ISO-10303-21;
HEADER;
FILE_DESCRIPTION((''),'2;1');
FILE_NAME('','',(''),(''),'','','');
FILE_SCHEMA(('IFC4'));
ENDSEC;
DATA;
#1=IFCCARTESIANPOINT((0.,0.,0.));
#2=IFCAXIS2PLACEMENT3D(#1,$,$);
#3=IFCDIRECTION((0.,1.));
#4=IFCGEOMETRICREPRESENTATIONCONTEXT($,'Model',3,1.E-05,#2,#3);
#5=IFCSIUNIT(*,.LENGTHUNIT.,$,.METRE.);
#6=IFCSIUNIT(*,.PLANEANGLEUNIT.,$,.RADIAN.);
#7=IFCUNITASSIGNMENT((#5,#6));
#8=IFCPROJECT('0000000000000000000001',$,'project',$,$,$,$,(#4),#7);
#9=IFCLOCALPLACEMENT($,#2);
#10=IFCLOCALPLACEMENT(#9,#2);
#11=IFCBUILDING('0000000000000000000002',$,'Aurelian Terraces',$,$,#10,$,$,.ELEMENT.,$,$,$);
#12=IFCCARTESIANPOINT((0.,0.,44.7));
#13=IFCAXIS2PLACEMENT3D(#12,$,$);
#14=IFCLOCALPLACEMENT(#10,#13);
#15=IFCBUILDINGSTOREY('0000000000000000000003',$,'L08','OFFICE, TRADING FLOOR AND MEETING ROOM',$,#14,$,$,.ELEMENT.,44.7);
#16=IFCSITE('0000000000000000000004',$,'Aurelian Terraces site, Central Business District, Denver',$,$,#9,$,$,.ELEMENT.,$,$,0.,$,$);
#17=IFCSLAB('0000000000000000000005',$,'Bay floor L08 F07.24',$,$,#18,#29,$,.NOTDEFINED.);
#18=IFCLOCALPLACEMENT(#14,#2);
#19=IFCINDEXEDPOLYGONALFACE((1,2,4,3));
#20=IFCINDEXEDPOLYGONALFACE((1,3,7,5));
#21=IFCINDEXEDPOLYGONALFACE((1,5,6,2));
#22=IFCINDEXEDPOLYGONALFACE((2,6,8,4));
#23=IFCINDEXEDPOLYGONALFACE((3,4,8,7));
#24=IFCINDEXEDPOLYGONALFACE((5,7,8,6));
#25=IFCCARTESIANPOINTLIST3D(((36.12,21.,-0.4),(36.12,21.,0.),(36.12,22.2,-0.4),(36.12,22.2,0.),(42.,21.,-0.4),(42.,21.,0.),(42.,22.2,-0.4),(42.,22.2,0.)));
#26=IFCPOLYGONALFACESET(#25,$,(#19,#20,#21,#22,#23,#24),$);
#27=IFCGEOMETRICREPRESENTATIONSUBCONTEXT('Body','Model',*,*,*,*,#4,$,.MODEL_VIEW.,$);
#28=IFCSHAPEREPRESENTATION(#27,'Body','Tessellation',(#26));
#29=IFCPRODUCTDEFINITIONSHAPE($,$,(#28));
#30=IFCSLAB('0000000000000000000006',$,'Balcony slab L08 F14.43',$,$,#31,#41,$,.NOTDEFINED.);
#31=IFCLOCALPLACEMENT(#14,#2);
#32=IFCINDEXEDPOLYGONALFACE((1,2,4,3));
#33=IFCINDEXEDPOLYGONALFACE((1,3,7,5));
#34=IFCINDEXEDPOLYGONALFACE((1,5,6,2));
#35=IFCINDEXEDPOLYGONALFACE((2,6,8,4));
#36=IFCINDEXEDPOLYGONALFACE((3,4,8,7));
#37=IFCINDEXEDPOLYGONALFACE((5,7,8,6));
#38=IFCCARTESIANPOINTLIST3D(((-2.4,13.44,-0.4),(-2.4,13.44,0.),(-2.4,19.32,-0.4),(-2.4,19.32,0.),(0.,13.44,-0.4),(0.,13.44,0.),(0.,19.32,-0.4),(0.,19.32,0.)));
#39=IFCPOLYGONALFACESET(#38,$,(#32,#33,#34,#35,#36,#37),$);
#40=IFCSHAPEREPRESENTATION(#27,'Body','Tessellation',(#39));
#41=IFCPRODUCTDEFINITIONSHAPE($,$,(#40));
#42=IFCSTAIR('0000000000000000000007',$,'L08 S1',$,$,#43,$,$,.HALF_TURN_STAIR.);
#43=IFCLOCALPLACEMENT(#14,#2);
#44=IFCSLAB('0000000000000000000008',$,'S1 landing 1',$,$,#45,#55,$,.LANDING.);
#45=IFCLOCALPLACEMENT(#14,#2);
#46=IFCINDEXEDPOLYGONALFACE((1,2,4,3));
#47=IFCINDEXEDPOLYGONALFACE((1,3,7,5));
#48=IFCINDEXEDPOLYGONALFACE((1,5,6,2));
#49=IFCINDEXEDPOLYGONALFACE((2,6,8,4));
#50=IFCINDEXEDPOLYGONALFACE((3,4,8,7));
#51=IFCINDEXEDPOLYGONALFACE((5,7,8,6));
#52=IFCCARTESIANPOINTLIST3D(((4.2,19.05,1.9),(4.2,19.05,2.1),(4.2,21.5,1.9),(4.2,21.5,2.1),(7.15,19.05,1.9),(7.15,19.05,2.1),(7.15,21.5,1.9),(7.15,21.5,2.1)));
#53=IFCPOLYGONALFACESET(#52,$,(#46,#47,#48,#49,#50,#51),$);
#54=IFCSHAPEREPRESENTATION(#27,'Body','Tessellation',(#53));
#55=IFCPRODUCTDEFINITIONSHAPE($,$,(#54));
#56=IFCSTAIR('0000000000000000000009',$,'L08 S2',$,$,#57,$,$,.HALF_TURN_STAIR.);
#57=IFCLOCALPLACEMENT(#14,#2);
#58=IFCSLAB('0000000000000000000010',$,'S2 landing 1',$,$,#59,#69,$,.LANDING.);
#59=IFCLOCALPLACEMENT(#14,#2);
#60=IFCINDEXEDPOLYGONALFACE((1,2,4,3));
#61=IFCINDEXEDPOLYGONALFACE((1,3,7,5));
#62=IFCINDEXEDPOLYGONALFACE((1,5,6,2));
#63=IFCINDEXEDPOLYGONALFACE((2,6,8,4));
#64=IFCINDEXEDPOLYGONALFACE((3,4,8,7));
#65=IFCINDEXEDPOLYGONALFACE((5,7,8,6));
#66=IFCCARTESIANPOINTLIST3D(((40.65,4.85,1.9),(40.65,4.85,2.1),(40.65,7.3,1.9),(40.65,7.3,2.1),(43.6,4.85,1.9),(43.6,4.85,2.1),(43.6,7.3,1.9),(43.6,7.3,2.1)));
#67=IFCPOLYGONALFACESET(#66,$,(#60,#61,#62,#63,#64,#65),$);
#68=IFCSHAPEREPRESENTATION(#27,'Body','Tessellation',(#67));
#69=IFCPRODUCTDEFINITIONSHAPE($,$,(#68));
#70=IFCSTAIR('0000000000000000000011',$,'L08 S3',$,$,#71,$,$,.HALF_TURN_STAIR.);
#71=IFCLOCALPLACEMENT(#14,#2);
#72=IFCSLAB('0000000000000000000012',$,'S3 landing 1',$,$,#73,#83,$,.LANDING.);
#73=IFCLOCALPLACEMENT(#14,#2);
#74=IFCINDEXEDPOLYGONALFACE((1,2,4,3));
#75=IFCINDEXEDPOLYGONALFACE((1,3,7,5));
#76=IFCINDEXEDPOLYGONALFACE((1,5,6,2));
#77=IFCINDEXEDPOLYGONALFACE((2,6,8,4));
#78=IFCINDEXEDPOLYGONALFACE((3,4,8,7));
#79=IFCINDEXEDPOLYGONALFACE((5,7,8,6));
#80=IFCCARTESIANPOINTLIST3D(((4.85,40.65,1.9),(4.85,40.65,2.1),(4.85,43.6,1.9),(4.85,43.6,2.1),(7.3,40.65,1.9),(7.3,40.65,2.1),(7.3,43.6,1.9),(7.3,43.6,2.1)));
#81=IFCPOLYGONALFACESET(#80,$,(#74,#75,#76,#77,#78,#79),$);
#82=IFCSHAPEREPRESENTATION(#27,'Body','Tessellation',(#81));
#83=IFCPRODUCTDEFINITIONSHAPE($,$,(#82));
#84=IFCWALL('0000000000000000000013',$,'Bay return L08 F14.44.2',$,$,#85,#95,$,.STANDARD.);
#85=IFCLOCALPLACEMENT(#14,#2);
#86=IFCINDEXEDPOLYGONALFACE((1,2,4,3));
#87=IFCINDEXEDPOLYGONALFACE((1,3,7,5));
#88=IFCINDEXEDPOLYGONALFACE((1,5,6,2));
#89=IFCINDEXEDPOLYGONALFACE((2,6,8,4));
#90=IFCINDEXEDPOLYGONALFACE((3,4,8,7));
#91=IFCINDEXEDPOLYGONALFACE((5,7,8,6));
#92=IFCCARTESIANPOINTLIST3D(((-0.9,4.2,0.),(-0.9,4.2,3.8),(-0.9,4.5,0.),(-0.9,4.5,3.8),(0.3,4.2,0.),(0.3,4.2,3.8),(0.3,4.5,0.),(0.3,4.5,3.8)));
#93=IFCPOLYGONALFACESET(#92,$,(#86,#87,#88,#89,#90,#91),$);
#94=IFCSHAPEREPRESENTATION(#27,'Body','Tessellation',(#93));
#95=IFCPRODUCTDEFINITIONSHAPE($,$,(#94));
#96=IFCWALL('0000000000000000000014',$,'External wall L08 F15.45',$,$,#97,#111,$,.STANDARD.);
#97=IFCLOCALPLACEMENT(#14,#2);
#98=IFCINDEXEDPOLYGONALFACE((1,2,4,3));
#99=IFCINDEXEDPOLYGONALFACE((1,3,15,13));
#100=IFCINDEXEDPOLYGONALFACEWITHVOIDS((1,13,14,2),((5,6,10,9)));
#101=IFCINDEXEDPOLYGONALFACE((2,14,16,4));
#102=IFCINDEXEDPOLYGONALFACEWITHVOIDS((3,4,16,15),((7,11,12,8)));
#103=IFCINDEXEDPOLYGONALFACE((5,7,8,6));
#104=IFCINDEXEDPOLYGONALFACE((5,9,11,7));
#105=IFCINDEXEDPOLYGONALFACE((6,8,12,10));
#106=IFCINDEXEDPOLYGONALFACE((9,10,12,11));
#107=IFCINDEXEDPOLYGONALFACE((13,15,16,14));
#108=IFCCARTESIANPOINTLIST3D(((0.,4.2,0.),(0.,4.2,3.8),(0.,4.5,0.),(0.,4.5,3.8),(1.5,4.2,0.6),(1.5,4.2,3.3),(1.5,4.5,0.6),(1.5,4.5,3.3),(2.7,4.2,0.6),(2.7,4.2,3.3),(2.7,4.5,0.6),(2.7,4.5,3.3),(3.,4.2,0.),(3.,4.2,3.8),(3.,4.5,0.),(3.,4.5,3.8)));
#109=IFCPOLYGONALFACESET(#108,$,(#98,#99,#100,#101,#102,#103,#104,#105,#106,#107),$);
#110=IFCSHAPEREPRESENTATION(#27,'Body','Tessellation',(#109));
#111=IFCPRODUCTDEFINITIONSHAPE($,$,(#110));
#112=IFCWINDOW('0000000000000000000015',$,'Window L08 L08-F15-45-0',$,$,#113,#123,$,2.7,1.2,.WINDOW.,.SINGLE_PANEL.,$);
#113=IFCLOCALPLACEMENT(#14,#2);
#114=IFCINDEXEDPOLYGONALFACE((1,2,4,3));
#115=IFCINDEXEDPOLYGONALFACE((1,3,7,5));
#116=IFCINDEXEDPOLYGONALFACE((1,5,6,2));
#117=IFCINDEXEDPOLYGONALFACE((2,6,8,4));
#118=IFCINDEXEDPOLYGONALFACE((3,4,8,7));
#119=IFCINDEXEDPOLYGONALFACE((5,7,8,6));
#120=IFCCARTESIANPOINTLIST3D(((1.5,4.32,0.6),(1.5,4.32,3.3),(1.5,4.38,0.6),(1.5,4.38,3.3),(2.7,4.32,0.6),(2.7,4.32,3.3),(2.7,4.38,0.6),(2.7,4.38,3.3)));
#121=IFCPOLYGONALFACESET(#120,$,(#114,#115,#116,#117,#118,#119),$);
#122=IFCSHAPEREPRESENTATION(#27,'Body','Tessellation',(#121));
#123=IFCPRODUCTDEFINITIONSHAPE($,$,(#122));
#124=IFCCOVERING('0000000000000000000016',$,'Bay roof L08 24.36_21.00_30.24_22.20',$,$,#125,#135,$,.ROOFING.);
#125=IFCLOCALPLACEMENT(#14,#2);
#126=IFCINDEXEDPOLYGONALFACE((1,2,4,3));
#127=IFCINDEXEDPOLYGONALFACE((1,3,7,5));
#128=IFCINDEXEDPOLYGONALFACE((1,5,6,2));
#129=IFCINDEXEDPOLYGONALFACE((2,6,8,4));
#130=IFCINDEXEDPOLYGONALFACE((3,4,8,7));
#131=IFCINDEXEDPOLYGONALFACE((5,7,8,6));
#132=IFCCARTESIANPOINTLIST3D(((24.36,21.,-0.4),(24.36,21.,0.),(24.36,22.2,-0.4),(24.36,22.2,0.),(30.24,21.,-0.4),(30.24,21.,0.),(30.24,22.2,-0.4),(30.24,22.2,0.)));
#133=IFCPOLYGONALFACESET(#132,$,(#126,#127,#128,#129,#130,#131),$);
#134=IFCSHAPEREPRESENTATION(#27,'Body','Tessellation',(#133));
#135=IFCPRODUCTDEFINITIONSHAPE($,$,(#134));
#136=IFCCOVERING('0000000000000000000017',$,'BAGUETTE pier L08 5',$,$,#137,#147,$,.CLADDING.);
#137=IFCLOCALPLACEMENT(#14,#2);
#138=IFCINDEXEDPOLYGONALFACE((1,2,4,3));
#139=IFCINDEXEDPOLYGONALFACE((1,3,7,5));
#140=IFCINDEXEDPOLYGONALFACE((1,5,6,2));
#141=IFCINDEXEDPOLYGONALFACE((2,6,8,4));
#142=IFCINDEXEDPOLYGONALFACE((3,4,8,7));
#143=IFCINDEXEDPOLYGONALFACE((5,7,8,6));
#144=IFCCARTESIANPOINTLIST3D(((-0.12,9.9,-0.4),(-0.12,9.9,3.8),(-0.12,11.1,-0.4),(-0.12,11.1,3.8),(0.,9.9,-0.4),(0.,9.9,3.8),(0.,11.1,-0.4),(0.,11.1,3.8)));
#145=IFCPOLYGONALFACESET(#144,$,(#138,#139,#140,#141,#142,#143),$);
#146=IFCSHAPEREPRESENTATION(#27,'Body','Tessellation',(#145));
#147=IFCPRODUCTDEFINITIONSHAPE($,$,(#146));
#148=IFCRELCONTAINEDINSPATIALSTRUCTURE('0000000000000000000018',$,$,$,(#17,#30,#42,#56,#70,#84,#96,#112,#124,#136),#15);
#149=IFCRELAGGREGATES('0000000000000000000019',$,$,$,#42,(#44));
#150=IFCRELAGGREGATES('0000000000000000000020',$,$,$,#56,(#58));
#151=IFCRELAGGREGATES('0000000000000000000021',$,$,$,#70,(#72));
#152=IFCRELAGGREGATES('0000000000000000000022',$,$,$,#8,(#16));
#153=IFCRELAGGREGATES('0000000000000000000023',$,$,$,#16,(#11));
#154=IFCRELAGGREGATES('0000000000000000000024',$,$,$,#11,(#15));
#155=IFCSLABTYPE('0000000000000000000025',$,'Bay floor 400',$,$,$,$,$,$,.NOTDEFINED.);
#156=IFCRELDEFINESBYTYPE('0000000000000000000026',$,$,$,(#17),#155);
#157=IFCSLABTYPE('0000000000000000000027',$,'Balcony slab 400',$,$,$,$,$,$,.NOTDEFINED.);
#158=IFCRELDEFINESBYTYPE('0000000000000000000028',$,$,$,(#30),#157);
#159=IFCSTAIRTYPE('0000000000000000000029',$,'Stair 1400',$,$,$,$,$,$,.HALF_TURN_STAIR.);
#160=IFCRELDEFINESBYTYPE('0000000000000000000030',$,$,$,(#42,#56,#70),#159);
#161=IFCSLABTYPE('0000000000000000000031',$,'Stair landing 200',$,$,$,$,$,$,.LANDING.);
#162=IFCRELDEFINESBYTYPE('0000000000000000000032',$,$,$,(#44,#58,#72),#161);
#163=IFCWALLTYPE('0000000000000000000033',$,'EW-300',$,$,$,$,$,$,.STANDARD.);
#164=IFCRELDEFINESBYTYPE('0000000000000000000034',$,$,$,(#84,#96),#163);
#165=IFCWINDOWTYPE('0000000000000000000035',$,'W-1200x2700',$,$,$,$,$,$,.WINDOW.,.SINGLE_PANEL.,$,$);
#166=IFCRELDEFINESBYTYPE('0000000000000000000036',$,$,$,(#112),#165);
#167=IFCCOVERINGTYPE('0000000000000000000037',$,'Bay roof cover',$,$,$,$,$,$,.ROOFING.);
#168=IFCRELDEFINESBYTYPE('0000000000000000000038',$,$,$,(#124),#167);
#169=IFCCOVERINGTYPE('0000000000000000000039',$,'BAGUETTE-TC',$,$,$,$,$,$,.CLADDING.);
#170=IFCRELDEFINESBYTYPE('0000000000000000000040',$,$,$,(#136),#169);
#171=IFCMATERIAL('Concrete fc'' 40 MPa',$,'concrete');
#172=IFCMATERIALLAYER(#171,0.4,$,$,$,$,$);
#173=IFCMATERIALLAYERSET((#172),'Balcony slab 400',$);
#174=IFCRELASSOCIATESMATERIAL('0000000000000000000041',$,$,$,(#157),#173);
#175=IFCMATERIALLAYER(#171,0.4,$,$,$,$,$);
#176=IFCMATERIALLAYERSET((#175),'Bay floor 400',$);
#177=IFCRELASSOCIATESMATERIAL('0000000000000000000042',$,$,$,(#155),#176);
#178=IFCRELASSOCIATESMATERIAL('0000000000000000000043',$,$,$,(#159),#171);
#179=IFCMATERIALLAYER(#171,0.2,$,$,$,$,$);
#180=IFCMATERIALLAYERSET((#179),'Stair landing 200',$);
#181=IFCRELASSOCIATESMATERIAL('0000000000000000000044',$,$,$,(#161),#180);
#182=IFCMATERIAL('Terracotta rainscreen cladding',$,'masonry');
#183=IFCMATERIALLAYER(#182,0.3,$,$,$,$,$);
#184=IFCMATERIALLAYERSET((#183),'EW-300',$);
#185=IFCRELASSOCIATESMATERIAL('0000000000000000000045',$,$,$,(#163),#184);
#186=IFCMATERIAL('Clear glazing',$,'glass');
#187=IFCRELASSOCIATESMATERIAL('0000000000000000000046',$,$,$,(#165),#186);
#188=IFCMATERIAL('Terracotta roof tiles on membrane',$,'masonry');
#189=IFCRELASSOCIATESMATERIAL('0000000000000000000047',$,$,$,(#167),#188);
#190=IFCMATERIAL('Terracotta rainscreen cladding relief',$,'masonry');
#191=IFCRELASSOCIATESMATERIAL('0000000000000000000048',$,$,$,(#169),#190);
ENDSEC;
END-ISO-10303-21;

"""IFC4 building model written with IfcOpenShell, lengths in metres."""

from ifc_helpers import new_model, si_unit, direction, frame, frame_2d, origin, origin_2d, place, context, subcontext, project, spatial, polyline, rectangle, outline, extrude, source, transform, mapped, material, layer, layer_set, type_object, element, fill, aggregate, save


model = new_model("IFC4")

# Units and contexts
model_context = context("Model", 3, precision=1e-05, world=origin(), true_north=direction((0.0, 1.0)))
body_context = subcontext(model_context, "Body", "Model", "MODEL_VIEW")
ifc_project = project(units=[si_unit("LENGTHUNIT", "METRE"), si_unit("PLANEANGLEUNIT", "RADIAN")], contexts=[model_context])

# Site, building, storey
site_placement = place(None, origin())
site = spatial("IfcSite", under=ifc_project, at=site_placement, Name="Aurelian Terraces site, Central Business District, Denver", CompositionType="ELEMENT", RefElevation=0.0)
building_placement = place(site_placement, origin())
building = spatial("IfcBuilding", under=site, at=building_placement, Name="Aurelian Terraces", CompositionType="ELEMENT")
storey_placement = place(building_placement, frame((0.0, 0.0, 44.7)))
storey = spatial("IfcBuildingStorey", under=building, at=storey_placement, Name="L08", Description="OFFICE, TRADING FLOOR AND MEETING ROOM", CompositionType="ELEMENT", Elevation=44.7)

# Slabs
ifc_material_1 = material(Name="Concrete fc' 40 MPa", Category="concrete")
ifc_layer_1 = layer(ifc_material_1, 0.4)
ifc_layer_set_1 = layer_set([ifc_layer_1], Name="Balcony slab 400")
slab_type_1 = type_object("IfcSlabType", Name="Balcony slab 400", PredefinedType="NOTDEFINED", material=ifc_layer_set_1)
ifc_layer_2 = layer(ifc_material_1, 0.4)
ifc_layer_set_2 = layer_set([ifc_layer_2], Name="Bay floor 400")
slab_type_2 = type_object("IfcSlabType", Name="Bay floor 400", PredefinedType="NOTDEFINED", material=ifc_layer_set_2)
shared_shape_1 = source(origin(), body_context, "Body", "SweptSolid", [
    extrude(outline(polyline([(42.0, 21.0), (36.12, 21.0), (36.12, 22.2), (42.0, 22.2), (42.0, 21.0)])), origin(), (0.0, 0.0, 1.0), 0.4),
])
slab_1_placement = place(storey_placement, frame((0.0, 0.0, -0.4)))
element("IfcSlab", 1, at=slab_1_placement, inside=storey, type_object=slab_type_2, Name="Bay floor L08 F07.24", PredefinedType="NOTDEFINED", context=body_context, shape_type="MappedRepresentation", body=[
    mapped(shared_shape_1, transform((0.0, 0.0, 0.0), scale=1.0)),
])
shared_shape_2 = source(origin(), body_context, "Body", "SweptSolid", [
    extrude(outline(polyline([(0.0, 19.32), (0.0, 13.44), (-2.4, 13.44), (-2.4, 19.32), (0.0, 19.32)])), origin(), (0.0, 0.0, 1.0), 0.4),
])
slab_2_placement = place(storey_placement, frame((0.0, 0.0, -0.4)))
element("IfcSlab", 2, at=slab_2_placement, inside=storey, type_object=slab_type_1, Name="Balcony slab L08 F14.43", PredefinedType="NOTDEFINED", context=body_context, shape_type="MappedRepresentation", body=[
    mapped(shared_shape_2, transform((0.0, 0.0, 0.0), scale=1.0)),
])

# Stairs, slabs
stair_type = type_object("IfcStairType", Name="Stair 1400", PredefinedType="HALF_TURN_STAIR", material=ifc_material_1)
stair_1_placement = place(storey_placement, origin())
stair_1 = element("IfcStair", 3, at=stair_1_placement, inside=storey, type_object=stair_type, Name="L08 S1", PredefinedType="HALF_TURN_STAIR")
ifc_layer_3 = layer(ifc_material_1, 0.2)
ifc_layer_set_3 = layer_set([ifc_layer_3], Name="Stair landing 200")
slab_type_3 = type_object("IfcSlabType", Name="Stair landing 200", PredefinedType="LANDING", material=ifc_layer_set_3)
shared_shape_3 = source(origin(), body_context, "Body", "SweptSolid", [
    extrude(outline(polyline([(7.15, 19.05), (7.15, 21.5), (4.2, 21.5), (4.2, 19.05), (7.15, 19.05)])), origin(), (0.0, 0.0, 1.0), 0.2),
])
slab_3_placement = place(storey_placement, frame((0.0, 0.0, 1.9)))
slab_3 = element("IfcSlab", 4, at=slab_3_placement, type_object=slab_type_3, Name="S1 landing 1", PredefinedType="LANDING", context=body_context, shape_type="MappedRepresentation", body=[
    mapped(shared_shape_3, transform((0.0, 0.0, 0.0), scale=1.0)),
])
aggregate(stair_1, [slab_3])
stair_2_placement = place(storey_placement, origin())
stair_2 = element("IfcStair", 5, at=stair_2_placement, inside=storey, type_object=stair_type, Name="L08 S2", PredefinedType="HALF_TURN_STAIR")
shared_shape_4 = source(origin(), body_context, "Body", "SweptSolid", [
    extrude(outline(polyline([(43.6, 4.85), (43.6, 7.3), (40.65, 7.3), (40.65, 4.85), (43.6, 4.85)])), origin(), (0.0, 0.0, 1.0), 0.2),
])
slab_4_placement = place(storey_placement, frame((0.0, 0.0, 1.9)))
slab_4 = element("IfcSlab", 6, at=slab_4_placement, type_object=slab_type_3, Name="S2 landing 1", PredefinedType="LANDING", context=body_context, shape_type="MappedRepresentation", body=[
    mapped(shared_shape_4, transform((0.0, 0.0, 0.0), scale=1.0)),
])
aggregate(stair_2, [slab_4])
stair_3_placement = place(storey_placement, origin())
stair_3 = element("IfcStair", 7, at=stair_3_placement, inside=storey, type_object=stair_type, Name="L08 S3", PredefinedType="HALF_TURN_STAIR")
shared_shape_5 = source(origin(), body_context, "Body", "SweptSolid", [
    extrude(outline(polyline([(4.85, 40.65), (7.3, 40.65), (7.3, 43.6), (4.85, 43.6), (4.85, 40.65)])), origin(), (0.0, 0.0, 1.0), 0.2),
])
slab_5_placement = place(storey_placement, frame((0.0, 0.0, 1.9)))
slab_5 = element("IfcSlab", 8, at=slab_5_placement, type_object=slab_type_3, Name="S3 landing 1", PredefinedType="LANDING", context=body_context, shape_type="MappedRepresentation", body=[
    mapped(shared_shape_5, transform((0.0, 0.0, 0.0), scale=1.0)),
])
aggregate(stair_3, [slab_5])

# Wall
ifc_material_2 = material(Name="Terracotta rainscreen cladding", Category="masonry")
ifc_layer_4 = layer(ifc_material_2, 0.3)
ifc_layer_set_4 = layer_set([ifc_layer_4], Name="EW-300")
wall_type = type_object("IfcWallType", Name="EW-300", PredefinedType="STANDARD", material=ifc_layer_set_4)
shared_shape_6 = source(origin(), body_context, "Body", "SweptSolid", [
    extrude(rectangle(XDim=1.2, YDim=0.3, at=frame_2d((0.6, 0.0))), origin(), (0.0, 0.0, 1.0), 3.8),
])
wall_1_placement = place(storey_placement, frame((0.3, 4.35, 0.0), z_axis=(0.0, 0.0, 1.0), x_axis=(-1.0, 0.0, 0.0)))
element("IfcWall", 9, at=wall_1_placement, inside=storey, type_object=wall_type, Name="Bay return L08 F14.44.2", PredefinedType="STANDARD", context=body_context, shape_type="MappedRepresentation", body=[
    mapped(shared_shape_6, transform((0.0, 0.0, 0.0), scale=1.0)),
])

# Wall, opening, window
shared_shape_7 = source(origin(), body_context, "Body", "SweptSolid", [
    extrude(rectangle(XDim=3.0, YDim=0.3, at=frame_2d((1.5, 0.0))), origin(), (0.0, 0.0, 1.0), 3.8),
])
wall_2_placement = place(storey_placement, frame((0.0, 4.35, 0.0), z_axis=(0.0, 0.0, 1.0), x_axis=(1.0, 0.0, 0.0)))
wall_2 = element("IfcWall", 10, at=wall_2_placement, inside=storey, type_object=wall_type, Name="External wall L08 F15.45", PredefinedType="STANDARD", context=body_context, shape_type="MappedRepresentation", body=[
    mapped(shared_shape_7, transform((0.0, 0.0, 0.0), scale=1.0)),
])
shared_shape_8 = source(origin(), body_context, "Body", "SweptSolid", [
    extrude(rectangle(XDim=1.2, YDim=2.7, at=frame_2d((0.6, 1.35))), frame((0.0, 0.16, 0.0), z_axis=(0.0, -1.0, 0.0), x_axis=(1.0, 0.0, 0.0)), (0.0, 0.0, 1.0), 0.32),
])
opening_placement = place(wall_2_placement, frame((1.5, 0.0, 0.6)))
opening = element("IfcOpeningElement", 11, at=opening_placement, cuts=wall_2, PredefinedType="OPENING", context=body_context, shape_type="MappedRepresentation", body=[
    mapped(shared_shape_8, transform((0.0, 0.0, 0.0), scale=1.0)),
])
ifc_material_3 = material(Name="Clear glazing", Category="glass")
window_type = type_object("IfcWindowType", Name="W-1200x2700", PartitioningType="SINGLE_PANEL", PredefinedType="WINDOW", material=ifc_material_3)
shared_shape_9 = source(origin(), body_context, "Body", "SweptSolid", [
    extrude(rectangle(XDim=1.2, YDim=2.7, at=frame_2d((0.6, 1.35))), frame((0.0, 0.03, 0.0), z_axis=(0.0, -1.0, 0.0), x_axis=(1.0, 0.0, 0.0)), (0.0, 0.0, 1.0), 0.06),
])
window_placement = place(opening_placement, origin())
window = element("IfcWindow", 12, at=window_placement, inside=storey, type_object=window_type, Name="Window L08 L08-F15-45-0", OverallHeight=2.7, OverallWidth=1.2, PartitioningType="SINGLE_PANEL", PredefinedType="WINDOW", context=body_context, shape_type="MappedRepresentation", body=[
    mapped(shared_shape_9, transform((0.0, 0.0, 0.0), scale=1.0)),
])
fill(opening, window)

# Coverings
ifc_material_4 = material(Name="Terracotta roof tiles on membrane", Category="masonry")
covering_type_1 = type_object("IfcCoveringType", Name="Bay roof cover", PredefinedType="ROOFING", material=ifc_material_4)
covering_1_placement = place(storey_placement, frame((0.0, 0.0, -0.4)))
element("IfcCovering", 13, at=covering_1_placement, inside=storey, type_object=covering_type_1, Name="Bay roof L08 24.36_21.00_30.24_22.20", PredefinedType="ROOFING", context=body_context, shape_type="SweptSolid", body=[
    extrude(outline(polyline([(24.36, 21.0), (24.36, 22.2), (30.24, 22.2), (30.24, 21.0), (24.36, 21.0)])), origin(), (0.0, 0.0, 1.0), 0.4),
])
ifc_material_5 = material(Name="Terracotta rainscreen cladding relief", Category="masonry")
covering_type_2 = type_object("IfcCoveringType", Name="BAGUETTE-TC", PredefinedType="CLADDING", material=ifc_material_5)
shared_shape_10 = source(origin(), body_context, "Body", "SweptSolid", [
    extrude(rectangle(XDim=0.12, YDim=1.2, at=origin_2d()), origin(), (0.0, 0.0, 1.0), 4.2),
])
covering_2_placement = place(storey_placement, frame((-0.06, 10.5, -0.4), z_axis=(0.0, 0.0, 1.0), x_axis=(1.0, 0.0, 0.0)))
element("IfcCovering", 14, at=covering_2_placement, inside=storey, type_object=covering_type_2, Name="BAGUETTE pier L08 5", PredefinedType="CLADDING", context=body_context, shape_type="MappedRepresentation", body=[
    mapped(shared_shape_10, transform((0.0, 0.0, 0.0), scale=1.0)),
])

save(model, "model.ifc")
